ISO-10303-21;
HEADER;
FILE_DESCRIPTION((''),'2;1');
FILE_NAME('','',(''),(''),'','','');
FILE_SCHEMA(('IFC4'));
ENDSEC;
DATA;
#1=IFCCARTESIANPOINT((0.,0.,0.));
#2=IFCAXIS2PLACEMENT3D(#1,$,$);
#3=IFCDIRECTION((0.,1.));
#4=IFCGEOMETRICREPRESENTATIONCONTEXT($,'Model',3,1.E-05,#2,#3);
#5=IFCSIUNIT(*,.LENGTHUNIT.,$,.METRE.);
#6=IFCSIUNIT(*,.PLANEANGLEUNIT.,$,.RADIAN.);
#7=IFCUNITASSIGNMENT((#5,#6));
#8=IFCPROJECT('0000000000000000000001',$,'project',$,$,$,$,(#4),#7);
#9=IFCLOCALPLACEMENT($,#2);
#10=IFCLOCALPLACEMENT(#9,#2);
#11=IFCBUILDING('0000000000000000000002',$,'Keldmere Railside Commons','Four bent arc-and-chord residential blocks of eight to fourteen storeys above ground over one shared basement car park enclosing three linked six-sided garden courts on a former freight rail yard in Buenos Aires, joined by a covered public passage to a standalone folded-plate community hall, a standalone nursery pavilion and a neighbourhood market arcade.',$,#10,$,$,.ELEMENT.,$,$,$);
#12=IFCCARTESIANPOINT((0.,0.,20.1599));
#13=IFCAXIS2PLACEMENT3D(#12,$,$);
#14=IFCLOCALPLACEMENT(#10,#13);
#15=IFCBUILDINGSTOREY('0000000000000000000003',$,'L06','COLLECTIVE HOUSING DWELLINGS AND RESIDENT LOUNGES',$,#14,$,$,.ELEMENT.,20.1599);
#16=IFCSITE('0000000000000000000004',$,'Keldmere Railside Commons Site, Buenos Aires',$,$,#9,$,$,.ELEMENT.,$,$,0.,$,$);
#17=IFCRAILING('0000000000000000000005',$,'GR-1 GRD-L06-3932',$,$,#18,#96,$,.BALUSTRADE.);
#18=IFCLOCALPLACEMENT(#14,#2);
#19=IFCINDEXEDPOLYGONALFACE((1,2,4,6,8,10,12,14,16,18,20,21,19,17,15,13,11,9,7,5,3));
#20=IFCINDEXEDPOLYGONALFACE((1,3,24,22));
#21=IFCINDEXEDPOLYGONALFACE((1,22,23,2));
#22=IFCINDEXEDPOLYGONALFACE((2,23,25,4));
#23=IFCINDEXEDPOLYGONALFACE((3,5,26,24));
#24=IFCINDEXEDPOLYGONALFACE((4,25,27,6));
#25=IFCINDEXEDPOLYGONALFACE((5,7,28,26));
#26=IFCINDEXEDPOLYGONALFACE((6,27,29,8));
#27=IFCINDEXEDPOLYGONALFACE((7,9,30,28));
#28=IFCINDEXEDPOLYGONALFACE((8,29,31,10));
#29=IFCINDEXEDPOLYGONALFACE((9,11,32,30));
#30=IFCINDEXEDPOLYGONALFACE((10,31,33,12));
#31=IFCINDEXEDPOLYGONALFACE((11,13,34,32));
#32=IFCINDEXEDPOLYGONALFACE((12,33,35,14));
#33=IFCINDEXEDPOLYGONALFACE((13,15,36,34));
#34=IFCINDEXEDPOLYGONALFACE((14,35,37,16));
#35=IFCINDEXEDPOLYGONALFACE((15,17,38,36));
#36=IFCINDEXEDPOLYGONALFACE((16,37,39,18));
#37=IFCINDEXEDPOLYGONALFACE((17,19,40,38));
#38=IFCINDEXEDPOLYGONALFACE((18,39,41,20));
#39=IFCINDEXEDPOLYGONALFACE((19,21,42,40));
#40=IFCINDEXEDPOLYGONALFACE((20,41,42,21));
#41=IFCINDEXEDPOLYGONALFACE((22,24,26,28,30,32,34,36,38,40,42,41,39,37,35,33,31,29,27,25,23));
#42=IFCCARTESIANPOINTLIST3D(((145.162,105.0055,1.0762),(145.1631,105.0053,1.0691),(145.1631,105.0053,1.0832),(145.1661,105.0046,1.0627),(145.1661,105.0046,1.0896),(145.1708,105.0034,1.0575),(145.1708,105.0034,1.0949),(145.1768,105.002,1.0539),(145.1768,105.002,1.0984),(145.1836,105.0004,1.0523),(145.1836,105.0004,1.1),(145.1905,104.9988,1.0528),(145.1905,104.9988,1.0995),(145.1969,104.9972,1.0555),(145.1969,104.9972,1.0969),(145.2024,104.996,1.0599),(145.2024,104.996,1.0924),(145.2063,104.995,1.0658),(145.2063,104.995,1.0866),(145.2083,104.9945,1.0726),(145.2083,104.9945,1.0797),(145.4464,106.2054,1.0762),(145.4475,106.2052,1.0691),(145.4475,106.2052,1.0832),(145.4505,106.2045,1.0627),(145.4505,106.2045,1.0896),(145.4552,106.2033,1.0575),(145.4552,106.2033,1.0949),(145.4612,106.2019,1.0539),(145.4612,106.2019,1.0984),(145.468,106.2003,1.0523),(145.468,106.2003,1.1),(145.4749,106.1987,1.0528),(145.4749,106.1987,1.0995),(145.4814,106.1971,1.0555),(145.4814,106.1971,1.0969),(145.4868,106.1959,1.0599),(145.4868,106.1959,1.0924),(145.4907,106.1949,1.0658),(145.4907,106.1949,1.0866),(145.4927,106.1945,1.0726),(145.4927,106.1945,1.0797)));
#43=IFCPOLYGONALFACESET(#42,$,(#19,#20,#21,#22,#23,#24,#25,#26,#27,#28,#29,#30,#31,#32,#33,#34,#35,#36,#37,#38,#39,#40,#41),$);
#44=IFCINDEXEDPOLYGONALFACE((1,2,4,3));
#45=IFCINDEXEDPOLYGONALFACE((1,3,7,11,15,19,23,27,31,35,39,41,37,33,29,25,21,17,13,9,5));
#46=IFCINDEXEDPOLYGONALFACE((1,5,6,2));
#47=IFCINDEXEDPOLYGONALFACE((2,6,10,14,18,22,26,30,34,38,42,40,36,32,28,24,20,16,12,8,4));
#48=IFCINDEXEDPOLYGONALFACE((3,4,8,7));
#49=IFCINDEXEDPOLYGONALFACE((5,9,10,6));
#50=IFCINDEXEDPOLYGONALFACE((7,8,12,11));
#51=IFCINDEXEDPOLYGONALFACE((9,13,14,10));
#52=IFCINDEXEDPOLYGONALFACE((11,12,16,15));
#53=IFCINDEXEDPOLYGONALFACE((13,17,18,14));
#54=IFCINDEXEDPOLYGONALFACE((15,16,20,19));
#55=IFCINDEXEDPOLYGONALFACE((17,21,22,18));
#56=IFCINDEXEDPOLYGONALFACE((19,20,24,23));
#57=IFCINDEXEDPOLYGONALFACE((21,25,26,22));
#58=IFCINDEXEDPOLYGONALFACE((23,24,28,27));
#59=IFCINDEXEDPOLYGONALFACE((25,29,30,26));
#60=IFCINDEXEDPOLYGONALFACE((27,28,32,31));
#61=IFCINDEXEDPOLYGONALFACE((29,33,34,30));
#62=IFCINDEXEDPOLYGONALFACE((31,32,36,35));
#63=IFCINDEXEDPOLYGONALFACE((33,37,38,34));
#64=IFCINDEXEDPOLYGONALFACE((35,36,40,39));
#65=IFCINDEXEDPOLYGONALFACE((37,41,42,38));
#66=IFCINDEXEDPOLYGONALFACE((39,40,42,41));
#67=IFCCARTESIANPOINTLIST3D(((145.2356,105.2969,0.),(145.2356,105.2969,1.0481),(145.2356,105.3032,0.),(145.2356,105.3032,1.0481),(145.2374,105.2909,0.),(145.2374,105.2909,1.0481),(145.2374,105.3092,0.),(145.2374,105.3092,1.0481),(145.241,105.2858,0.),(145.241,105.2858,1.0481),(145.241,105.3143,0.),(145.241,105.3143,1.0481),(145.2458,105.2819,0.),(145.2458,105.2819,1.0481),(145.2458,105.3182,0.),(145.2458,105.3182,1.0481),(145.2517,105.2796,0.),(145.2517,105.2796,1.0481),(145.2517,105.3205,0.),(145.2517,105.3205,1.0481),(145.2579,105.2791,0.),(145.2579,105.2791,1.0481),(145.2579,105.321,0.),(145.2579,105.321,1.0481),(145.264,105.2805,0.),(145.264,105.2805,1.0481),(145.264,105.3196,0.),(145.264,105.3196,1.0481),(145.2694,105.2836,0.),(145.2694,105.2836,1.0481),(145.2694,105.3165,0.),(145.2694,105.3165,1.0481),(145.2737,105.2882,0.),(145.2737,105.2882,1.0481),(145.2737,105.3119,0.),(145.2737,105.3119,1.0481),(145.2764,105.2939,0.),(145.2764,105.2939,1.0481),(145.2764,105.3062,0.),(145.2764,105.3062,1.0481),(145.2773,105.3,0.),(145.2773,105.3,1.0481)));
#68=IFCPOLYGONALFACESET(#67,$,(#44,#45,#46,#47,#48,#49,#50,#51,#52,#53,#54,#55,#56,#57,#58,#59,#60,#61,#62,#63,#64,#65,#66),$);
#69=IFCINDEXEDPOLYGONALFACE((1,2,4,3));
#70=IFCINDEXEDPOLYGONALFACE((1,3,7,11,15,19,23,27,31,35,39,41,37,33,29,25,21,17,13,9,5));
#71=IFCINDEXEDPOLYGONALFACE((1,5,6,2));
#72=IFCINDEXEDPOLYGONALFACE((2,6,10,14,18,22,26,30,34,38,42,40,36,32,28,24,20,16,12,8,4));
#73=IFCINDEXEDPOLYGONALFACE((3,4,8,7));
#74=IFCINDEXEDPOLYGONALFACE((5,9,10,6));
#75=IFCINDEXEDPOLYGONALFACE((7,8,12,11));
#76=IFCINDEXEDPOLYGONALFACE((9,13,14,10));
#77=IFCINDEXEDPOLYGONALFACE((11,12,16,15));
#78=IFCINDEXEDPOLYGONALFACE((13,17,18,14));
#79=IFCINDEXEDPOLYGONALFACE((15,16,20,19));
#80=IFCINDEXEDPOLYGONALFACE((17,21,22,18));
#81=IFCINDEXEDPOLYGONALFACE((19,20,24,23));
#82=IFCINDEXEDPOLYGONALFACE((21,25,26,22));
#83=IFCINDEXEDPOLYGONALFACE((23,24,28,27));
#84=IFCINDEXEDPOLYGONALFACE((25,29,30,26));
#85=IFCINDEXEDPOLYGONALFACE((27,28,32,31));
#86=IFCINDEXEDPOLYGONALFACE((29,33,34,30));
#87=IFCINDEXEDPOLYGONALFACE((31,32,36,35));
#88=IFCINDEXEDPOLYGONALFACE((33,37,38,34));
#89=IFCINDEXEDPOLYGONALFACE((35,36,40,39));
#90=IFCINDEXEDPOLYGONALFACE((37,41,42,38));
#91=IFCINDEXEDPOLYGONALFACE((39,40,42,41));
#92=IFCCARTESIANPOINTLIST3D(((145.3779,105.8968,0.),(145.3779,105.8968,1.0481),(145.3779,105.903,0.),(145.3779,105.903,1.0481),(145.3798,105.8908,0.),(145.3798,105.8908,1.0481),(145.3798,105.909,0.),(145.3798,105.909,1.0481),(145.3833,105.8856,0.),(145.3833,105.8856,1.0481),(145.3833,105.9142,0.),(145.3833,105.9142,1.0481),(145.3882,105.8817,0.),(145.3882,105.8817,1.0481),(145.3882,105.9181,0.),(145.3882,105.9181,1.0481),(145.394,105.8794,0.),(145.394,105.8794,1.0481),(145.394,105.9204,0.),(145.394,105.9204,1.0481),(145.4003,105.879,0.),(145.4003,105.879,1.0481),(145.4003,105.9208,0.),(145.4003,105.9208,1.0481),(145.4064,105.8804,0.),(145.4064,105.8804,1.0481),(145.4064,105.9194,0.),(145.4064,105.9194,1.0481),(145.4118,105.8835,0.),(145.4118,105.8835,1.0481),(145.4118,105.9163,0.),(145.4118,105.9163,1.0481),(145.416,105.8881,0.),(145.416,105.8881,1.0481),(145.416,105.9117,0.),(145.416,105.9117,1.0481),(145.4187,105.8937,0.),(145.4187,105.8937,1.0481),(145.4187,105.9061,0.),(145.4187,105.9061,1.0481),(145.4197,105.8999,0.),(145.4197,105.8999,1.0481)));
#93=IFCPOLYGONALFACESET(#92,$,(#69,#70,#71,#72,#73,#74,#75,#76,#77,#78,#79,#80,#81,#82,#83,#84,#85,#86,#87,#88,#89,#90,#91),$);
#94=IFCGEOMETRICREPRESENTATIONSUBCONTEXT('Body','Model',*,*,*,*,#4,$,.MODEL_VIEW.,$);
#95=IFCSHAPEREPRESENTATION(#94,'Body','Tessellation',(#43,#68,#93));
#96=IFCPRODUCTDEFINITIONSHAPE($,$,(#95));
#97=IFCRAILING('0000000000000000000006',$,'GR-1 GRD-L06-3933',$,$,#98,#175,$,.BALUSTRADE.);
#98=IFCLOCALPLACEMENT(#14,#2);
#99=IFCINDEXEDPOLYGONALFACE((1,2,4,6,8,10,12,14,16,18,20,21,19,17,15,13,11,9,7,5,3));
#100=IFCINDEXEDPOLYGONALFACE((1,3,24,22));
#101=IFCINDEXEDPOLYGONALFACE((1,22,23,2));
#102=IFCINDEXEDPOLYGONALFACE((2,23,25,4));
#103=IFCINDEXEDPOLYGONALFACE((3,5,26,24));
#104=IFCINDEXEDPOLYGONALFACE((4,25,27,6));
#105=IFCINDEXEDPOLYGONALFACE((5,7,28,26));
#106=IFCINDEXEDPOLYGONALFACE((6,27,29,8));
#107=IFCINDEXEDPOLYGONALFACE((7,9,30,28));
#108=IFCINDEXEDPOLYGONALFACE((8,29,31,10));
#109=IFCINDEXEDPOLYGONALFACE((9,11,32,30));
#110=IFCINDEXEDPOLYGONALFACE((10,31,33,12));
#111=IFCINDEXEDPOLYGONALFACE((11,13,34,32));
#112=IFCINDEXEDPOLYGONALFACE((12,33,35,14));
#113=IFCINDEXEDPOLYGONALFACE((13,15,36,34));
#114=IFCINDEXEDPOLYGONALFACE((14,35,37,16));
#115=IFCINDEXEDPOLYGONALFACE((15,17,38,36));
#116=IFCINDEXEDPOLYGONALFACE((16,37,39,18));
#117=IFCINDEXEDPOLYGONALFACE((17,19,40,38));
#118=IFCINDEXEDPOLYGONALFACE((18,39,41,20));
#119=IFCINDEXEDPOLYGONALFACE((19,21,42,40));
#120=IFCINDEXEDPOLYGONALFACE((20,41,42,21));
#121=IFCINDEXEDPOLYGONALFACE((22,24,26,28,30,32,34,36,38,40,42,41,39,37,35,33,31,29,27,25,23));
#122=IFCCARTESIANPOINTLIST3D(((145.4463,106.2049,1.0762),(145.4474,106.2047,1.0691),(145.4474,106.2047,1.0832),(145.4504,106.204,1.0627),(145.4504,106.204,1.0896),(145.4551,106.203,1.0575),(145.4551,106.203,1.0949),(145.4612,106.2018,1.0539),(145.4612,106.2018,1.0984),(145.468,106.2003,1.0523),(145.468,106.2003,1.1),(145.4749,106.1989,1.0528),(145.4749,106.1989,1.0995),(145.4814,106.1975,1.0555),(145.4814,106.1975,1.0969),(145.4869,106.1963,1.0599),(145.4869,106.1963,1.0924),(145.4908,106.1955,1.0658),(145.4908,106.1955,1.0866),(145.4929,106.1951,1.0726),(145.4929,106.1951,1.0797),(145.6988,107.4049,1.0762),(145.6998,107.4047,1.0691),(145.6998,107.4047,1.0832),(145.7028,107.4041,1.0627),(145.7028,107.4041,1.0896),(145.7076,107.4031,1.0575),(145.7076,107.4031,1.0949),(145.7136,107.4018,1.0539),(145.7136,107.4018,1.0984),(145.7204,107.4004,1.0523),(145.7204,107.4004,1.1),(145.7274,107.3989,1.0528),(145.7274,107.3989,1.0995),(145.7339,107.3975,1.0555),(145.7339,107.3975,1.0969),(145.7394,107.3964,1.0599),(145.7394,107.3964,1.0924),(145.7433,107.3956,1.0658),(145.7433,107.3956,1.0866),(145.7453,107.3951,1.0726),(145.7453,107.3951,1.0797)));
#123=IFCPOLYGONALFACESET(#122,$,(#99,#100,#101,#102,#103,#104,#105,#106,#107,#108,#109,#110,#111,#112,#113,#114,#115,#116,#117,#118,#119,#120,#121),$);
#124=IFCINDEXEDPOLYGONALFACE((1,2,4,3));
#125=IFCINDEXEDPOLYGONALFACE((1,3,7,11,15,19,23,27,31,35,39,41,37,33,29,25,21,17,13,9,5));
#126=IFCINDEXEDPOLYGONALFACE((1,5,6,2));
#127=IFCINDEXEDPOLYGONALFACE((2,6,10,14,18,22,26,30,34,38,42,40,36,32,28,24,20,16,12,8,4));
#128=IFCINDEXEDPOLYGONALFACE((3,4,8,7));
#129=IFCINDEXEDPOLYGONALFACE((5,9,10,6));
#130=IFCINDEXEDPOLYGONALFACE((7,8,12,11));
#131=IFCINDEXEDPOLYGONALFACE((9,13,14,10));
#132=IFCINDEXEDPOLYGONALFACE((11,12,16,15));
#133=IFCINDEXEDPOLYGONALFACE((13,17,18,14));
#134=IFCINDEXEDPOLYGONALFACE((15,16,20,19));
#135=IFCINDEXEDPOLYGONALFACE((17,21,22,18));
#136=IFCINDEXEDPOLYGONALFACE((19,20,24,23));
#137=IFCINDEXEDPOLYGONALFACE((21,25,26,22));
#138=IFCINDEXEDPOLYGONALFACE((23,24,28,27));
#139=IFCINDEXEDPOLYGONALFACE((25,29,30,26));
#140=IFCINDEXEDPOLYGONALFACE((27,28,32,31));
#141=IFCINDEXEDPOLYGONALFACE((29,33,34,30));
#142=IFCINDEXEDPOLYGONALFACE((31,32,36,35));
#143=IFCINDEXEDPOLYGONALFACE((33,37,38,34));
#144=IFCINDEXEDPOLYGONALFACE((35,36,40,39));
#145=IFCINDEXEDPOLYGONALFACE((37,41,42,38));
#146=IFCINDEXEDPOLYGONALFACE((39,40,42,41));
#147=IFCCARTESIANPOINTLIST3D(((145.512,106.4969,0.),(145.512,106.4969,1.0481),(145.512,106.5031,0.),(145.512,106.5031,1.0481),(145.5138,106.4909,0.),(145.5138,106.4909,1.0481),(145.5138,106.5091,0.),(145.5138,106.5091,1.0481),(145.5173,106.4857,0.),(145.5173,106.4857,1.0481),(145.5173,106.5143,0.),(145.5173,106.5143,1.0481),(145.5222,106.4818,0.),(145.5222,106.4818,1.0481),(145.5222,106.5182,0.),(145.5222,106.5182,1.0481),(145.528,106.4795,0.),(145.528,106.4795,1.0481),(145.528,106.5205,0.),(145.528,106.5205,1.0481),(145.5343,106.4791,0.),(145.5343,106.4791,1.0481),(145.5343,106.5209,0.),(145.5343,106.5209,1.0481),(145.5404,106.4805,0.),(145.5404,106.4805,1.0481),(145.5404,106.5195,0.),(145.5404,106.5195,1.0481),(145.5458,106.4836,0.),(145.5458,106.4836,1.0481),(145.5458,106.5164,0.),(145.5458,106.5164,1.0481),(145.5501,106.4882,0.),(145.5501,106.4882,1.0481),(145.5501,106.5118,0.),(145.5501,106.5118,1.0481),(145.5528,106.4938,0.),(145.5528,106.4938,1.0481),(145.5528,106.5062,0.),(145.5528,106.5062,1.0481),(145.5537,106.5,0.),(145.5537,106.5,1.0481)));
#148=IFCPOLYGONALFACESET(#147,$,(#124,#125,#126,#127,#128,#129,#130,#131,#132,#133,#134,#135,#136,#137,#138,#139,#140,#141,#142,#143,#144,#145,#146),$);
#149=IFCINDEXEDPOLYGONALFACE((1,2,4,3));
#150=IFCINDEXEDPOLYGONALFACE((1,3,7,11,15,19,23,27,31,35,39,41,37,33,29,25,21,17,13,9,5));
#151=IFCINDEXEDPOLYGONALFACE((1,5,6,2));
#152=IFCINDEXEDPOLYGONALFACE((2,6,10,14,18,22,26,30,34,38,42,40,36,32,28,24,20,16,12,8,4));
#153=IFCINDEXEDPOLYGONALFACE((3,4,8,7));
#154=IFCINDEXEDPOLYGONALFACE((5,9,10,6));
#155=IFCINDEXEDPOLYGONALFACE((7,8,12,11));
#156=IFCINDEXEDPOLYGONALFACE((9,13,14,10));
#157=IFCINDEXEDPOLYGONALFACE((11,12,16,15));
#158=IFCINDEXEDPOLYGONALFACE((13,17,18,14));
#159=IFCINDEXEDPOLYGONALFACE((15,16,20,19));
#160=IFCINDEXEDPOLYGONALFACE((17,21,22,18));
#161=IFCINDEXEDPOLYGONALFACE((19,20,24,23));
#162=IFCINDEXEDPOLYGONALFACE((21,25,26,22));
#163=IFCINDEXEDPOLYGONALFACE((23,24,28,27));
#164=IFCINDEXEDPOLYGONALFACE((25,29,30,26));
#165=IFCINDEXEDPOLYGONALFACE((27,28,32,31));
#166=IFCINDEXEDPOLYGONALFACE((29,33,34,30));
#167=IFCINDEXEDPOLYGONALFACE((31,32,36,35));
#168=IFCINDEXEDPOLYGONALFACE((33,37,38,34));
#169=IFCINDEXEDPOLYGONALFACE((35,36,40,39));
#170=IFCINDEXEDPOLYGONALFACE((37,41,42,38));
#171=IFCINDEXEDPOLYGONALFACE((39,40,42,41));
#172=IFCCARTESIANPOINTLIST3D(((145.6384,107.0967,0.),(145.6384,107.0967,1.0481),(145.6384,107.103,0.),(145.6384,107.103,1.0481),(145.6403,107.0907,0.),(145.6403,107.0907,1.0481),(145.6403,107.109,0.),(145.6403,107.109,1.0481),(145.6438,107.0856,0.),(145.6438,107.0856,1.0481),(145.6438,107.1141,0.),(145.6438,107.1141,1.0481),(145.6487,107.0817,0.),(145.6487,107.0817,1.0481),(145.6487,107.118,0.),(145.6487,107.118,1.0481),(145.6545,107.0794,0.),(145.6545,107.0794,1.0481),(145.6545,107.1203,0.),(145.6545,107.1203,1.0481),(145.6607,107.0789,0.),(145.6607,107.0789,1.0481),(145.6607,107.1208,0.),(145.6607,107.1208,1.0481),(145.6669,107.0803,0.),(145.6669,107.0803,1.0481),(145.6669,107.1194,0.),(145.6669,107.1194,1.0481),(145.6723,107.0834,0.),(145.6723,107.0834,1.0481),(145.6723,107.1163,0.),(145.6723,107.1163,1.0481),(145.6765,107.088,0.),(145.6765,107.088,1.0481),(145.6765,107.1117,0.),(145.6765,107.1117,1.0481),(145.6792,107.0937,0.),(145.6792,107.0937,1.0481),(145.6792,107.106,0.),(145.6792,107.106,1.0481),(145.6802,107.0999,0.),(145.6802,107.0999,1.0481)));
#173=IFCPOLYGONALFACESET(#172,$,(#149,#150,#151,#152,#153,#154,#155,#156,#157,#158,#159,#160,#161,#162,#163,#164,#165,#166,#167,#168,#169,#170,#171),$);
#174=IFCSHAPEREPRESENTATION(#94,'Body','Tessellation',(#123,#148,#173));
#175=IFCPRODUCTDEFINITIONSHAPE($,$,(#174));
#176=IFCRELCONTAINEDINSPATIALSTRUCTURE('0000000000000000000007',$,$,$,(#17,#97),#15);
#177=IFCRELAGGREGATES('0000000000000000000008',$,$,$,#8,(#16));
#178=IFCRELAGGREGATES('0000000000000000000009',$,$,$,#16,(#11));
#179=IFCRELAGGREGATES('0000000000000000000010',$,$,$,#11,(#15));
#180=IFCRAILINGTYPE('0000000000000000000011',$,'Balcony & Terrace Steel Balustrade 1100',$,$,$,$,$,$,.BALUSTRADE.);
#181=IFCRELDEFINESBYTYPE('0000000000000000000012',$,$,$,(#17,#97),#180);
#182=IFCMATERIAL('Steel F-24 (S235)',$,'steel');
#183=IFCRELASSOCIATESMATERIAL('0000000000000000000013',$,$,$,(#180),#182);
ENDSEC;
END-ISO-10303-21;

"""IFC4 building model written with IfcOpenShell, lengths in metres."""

from ifc_helpers import new_model, si_unit, direction, frame, origin, origin_2d, place, context, subcontext, project, spatial, circle, extrude, material, type_object, element, save


model = new_model("IFC4")

# Units and contexts
model_context = context("Model", 3, precision=1e-05, world=origin(), true_north=direction((0.0, 1.0)))
body_context = subcontext(model_context, "Body", "Model", "MODEL_VIEW")
ifc_project = project(units=[si_unit("LENGTHUNIT", "METRE"), si_unit("PLANEANGLEUNIT", "RADIAN")], contexts=[model_context])

# Site, building, storey
site_placement = place(None, origin())
site = spatial("IfcSite", under=ifc_project, at=site_placement, Name="Keldmere Railside Commons Site, Buenos Aires", CompositionType="ELEMENT", RefElevation=0.0)
building_placement = place(site_placement, origin())
building = spatial("IfcBuilding", under=site, at=building_placement, Name="Keldmere Railside Commons", Description="Four bent arc-and-chord residential blocks of eight to fourteen storeys above ground over one shared basement car park enclosing three linked six-sided garden courts on a former freight rail yard in Buenos Aires, joined by a covered public passage to a standalone folded-plate community hall, a standalone nursery pavilion and a neighbourhood market arcade.", CompositionType="ELEMENT")
storey_placement = place(building_placement, frame((0.0, 0.0, 20.1599)))
storey = spatial("IfcBuildingStorey", under=building, at=storey_placement, Name="L06", Description="COLLECTIVE HOUSING DWELLINGS AND RESIDENT LOUNGES", CompositionType="ELEMENT", Elevation=20.1599)

# Shared definitions
ifc_material_1 = material(Name="Steel F-24 (S235)", Category="steel")

# Railings
railing_type_1 = type_object("IfcRailingType", Name="Balcony & Terrace Steel Balustrade 1100", PredefinedType="BALUSTRADE", material=ifc_material_1)
railing_1_placement = place(storey_placement, frame((145.1853, 105.0, 0.0)))
element("IfcRailing", 1, at=railing_1_placement, inside=storey, type_object=railing_type_1, Name="GR-1 GRD-L06-3932", PredefinedType="BALUSTRADE", context=body_context, shape_type="SweptSolid", body=[
    extrude(circle(Radius=0.0239, at=origin_2d()), frame((0.0, 0.0, 1.0762), z_axis=(0.230639, 0.973039, 0.0), x_axis=(-0.973039, 0.230639, 0.0)), (0.0, 0.0, 1.0), 1.2332),
    extrude(circle(Radius=0.021, at=origin_2d()), frame((0.071, 0.3, 0.0)), (0.0, 0.0, 1.0), 1.0481),
    extrude(circle(Radius=0.021, at=origin_2d()), frame((0.2134, 0.8999, 0.0)), (0.0, 0.0, 1.0), 1.0481),
])
railing_2_placement = place(storey_placement, frame((145.4697, 106.2, 0.0)))
element("IfcRailing", 2, at=railing_2_placement, inside=storey, type_object=railing_type_1, Name="GR-1 GRD-L06-3933", PredefinedType="BALUSTRADE", context=body_context, shape_type="SweptSolid", body=[
    extrude(circle(Radius=0.0239, at=origin_2d()), frame((0.0, 0.0, 1.0762), z_axis=(0.20587, 0.978579, 0.0), x_axis=(-0.978579, 0.20587, 0.0)), (0.0, 0.0, 1.0), 1.2263),
    extrude(circle(Radius=0.021, at=origin_2d()), frame((0.063, 0.3, 0.0)), (0.0, 0.0, 1.0), 1.0481),
    extrude(circle(Radius=0.021, at=origin_2d()), frame((0.1895, 0.8999, 0.0)), (0.0, 0.0, 1.0), 1.0481),
])

save(model, "model.ifc")
